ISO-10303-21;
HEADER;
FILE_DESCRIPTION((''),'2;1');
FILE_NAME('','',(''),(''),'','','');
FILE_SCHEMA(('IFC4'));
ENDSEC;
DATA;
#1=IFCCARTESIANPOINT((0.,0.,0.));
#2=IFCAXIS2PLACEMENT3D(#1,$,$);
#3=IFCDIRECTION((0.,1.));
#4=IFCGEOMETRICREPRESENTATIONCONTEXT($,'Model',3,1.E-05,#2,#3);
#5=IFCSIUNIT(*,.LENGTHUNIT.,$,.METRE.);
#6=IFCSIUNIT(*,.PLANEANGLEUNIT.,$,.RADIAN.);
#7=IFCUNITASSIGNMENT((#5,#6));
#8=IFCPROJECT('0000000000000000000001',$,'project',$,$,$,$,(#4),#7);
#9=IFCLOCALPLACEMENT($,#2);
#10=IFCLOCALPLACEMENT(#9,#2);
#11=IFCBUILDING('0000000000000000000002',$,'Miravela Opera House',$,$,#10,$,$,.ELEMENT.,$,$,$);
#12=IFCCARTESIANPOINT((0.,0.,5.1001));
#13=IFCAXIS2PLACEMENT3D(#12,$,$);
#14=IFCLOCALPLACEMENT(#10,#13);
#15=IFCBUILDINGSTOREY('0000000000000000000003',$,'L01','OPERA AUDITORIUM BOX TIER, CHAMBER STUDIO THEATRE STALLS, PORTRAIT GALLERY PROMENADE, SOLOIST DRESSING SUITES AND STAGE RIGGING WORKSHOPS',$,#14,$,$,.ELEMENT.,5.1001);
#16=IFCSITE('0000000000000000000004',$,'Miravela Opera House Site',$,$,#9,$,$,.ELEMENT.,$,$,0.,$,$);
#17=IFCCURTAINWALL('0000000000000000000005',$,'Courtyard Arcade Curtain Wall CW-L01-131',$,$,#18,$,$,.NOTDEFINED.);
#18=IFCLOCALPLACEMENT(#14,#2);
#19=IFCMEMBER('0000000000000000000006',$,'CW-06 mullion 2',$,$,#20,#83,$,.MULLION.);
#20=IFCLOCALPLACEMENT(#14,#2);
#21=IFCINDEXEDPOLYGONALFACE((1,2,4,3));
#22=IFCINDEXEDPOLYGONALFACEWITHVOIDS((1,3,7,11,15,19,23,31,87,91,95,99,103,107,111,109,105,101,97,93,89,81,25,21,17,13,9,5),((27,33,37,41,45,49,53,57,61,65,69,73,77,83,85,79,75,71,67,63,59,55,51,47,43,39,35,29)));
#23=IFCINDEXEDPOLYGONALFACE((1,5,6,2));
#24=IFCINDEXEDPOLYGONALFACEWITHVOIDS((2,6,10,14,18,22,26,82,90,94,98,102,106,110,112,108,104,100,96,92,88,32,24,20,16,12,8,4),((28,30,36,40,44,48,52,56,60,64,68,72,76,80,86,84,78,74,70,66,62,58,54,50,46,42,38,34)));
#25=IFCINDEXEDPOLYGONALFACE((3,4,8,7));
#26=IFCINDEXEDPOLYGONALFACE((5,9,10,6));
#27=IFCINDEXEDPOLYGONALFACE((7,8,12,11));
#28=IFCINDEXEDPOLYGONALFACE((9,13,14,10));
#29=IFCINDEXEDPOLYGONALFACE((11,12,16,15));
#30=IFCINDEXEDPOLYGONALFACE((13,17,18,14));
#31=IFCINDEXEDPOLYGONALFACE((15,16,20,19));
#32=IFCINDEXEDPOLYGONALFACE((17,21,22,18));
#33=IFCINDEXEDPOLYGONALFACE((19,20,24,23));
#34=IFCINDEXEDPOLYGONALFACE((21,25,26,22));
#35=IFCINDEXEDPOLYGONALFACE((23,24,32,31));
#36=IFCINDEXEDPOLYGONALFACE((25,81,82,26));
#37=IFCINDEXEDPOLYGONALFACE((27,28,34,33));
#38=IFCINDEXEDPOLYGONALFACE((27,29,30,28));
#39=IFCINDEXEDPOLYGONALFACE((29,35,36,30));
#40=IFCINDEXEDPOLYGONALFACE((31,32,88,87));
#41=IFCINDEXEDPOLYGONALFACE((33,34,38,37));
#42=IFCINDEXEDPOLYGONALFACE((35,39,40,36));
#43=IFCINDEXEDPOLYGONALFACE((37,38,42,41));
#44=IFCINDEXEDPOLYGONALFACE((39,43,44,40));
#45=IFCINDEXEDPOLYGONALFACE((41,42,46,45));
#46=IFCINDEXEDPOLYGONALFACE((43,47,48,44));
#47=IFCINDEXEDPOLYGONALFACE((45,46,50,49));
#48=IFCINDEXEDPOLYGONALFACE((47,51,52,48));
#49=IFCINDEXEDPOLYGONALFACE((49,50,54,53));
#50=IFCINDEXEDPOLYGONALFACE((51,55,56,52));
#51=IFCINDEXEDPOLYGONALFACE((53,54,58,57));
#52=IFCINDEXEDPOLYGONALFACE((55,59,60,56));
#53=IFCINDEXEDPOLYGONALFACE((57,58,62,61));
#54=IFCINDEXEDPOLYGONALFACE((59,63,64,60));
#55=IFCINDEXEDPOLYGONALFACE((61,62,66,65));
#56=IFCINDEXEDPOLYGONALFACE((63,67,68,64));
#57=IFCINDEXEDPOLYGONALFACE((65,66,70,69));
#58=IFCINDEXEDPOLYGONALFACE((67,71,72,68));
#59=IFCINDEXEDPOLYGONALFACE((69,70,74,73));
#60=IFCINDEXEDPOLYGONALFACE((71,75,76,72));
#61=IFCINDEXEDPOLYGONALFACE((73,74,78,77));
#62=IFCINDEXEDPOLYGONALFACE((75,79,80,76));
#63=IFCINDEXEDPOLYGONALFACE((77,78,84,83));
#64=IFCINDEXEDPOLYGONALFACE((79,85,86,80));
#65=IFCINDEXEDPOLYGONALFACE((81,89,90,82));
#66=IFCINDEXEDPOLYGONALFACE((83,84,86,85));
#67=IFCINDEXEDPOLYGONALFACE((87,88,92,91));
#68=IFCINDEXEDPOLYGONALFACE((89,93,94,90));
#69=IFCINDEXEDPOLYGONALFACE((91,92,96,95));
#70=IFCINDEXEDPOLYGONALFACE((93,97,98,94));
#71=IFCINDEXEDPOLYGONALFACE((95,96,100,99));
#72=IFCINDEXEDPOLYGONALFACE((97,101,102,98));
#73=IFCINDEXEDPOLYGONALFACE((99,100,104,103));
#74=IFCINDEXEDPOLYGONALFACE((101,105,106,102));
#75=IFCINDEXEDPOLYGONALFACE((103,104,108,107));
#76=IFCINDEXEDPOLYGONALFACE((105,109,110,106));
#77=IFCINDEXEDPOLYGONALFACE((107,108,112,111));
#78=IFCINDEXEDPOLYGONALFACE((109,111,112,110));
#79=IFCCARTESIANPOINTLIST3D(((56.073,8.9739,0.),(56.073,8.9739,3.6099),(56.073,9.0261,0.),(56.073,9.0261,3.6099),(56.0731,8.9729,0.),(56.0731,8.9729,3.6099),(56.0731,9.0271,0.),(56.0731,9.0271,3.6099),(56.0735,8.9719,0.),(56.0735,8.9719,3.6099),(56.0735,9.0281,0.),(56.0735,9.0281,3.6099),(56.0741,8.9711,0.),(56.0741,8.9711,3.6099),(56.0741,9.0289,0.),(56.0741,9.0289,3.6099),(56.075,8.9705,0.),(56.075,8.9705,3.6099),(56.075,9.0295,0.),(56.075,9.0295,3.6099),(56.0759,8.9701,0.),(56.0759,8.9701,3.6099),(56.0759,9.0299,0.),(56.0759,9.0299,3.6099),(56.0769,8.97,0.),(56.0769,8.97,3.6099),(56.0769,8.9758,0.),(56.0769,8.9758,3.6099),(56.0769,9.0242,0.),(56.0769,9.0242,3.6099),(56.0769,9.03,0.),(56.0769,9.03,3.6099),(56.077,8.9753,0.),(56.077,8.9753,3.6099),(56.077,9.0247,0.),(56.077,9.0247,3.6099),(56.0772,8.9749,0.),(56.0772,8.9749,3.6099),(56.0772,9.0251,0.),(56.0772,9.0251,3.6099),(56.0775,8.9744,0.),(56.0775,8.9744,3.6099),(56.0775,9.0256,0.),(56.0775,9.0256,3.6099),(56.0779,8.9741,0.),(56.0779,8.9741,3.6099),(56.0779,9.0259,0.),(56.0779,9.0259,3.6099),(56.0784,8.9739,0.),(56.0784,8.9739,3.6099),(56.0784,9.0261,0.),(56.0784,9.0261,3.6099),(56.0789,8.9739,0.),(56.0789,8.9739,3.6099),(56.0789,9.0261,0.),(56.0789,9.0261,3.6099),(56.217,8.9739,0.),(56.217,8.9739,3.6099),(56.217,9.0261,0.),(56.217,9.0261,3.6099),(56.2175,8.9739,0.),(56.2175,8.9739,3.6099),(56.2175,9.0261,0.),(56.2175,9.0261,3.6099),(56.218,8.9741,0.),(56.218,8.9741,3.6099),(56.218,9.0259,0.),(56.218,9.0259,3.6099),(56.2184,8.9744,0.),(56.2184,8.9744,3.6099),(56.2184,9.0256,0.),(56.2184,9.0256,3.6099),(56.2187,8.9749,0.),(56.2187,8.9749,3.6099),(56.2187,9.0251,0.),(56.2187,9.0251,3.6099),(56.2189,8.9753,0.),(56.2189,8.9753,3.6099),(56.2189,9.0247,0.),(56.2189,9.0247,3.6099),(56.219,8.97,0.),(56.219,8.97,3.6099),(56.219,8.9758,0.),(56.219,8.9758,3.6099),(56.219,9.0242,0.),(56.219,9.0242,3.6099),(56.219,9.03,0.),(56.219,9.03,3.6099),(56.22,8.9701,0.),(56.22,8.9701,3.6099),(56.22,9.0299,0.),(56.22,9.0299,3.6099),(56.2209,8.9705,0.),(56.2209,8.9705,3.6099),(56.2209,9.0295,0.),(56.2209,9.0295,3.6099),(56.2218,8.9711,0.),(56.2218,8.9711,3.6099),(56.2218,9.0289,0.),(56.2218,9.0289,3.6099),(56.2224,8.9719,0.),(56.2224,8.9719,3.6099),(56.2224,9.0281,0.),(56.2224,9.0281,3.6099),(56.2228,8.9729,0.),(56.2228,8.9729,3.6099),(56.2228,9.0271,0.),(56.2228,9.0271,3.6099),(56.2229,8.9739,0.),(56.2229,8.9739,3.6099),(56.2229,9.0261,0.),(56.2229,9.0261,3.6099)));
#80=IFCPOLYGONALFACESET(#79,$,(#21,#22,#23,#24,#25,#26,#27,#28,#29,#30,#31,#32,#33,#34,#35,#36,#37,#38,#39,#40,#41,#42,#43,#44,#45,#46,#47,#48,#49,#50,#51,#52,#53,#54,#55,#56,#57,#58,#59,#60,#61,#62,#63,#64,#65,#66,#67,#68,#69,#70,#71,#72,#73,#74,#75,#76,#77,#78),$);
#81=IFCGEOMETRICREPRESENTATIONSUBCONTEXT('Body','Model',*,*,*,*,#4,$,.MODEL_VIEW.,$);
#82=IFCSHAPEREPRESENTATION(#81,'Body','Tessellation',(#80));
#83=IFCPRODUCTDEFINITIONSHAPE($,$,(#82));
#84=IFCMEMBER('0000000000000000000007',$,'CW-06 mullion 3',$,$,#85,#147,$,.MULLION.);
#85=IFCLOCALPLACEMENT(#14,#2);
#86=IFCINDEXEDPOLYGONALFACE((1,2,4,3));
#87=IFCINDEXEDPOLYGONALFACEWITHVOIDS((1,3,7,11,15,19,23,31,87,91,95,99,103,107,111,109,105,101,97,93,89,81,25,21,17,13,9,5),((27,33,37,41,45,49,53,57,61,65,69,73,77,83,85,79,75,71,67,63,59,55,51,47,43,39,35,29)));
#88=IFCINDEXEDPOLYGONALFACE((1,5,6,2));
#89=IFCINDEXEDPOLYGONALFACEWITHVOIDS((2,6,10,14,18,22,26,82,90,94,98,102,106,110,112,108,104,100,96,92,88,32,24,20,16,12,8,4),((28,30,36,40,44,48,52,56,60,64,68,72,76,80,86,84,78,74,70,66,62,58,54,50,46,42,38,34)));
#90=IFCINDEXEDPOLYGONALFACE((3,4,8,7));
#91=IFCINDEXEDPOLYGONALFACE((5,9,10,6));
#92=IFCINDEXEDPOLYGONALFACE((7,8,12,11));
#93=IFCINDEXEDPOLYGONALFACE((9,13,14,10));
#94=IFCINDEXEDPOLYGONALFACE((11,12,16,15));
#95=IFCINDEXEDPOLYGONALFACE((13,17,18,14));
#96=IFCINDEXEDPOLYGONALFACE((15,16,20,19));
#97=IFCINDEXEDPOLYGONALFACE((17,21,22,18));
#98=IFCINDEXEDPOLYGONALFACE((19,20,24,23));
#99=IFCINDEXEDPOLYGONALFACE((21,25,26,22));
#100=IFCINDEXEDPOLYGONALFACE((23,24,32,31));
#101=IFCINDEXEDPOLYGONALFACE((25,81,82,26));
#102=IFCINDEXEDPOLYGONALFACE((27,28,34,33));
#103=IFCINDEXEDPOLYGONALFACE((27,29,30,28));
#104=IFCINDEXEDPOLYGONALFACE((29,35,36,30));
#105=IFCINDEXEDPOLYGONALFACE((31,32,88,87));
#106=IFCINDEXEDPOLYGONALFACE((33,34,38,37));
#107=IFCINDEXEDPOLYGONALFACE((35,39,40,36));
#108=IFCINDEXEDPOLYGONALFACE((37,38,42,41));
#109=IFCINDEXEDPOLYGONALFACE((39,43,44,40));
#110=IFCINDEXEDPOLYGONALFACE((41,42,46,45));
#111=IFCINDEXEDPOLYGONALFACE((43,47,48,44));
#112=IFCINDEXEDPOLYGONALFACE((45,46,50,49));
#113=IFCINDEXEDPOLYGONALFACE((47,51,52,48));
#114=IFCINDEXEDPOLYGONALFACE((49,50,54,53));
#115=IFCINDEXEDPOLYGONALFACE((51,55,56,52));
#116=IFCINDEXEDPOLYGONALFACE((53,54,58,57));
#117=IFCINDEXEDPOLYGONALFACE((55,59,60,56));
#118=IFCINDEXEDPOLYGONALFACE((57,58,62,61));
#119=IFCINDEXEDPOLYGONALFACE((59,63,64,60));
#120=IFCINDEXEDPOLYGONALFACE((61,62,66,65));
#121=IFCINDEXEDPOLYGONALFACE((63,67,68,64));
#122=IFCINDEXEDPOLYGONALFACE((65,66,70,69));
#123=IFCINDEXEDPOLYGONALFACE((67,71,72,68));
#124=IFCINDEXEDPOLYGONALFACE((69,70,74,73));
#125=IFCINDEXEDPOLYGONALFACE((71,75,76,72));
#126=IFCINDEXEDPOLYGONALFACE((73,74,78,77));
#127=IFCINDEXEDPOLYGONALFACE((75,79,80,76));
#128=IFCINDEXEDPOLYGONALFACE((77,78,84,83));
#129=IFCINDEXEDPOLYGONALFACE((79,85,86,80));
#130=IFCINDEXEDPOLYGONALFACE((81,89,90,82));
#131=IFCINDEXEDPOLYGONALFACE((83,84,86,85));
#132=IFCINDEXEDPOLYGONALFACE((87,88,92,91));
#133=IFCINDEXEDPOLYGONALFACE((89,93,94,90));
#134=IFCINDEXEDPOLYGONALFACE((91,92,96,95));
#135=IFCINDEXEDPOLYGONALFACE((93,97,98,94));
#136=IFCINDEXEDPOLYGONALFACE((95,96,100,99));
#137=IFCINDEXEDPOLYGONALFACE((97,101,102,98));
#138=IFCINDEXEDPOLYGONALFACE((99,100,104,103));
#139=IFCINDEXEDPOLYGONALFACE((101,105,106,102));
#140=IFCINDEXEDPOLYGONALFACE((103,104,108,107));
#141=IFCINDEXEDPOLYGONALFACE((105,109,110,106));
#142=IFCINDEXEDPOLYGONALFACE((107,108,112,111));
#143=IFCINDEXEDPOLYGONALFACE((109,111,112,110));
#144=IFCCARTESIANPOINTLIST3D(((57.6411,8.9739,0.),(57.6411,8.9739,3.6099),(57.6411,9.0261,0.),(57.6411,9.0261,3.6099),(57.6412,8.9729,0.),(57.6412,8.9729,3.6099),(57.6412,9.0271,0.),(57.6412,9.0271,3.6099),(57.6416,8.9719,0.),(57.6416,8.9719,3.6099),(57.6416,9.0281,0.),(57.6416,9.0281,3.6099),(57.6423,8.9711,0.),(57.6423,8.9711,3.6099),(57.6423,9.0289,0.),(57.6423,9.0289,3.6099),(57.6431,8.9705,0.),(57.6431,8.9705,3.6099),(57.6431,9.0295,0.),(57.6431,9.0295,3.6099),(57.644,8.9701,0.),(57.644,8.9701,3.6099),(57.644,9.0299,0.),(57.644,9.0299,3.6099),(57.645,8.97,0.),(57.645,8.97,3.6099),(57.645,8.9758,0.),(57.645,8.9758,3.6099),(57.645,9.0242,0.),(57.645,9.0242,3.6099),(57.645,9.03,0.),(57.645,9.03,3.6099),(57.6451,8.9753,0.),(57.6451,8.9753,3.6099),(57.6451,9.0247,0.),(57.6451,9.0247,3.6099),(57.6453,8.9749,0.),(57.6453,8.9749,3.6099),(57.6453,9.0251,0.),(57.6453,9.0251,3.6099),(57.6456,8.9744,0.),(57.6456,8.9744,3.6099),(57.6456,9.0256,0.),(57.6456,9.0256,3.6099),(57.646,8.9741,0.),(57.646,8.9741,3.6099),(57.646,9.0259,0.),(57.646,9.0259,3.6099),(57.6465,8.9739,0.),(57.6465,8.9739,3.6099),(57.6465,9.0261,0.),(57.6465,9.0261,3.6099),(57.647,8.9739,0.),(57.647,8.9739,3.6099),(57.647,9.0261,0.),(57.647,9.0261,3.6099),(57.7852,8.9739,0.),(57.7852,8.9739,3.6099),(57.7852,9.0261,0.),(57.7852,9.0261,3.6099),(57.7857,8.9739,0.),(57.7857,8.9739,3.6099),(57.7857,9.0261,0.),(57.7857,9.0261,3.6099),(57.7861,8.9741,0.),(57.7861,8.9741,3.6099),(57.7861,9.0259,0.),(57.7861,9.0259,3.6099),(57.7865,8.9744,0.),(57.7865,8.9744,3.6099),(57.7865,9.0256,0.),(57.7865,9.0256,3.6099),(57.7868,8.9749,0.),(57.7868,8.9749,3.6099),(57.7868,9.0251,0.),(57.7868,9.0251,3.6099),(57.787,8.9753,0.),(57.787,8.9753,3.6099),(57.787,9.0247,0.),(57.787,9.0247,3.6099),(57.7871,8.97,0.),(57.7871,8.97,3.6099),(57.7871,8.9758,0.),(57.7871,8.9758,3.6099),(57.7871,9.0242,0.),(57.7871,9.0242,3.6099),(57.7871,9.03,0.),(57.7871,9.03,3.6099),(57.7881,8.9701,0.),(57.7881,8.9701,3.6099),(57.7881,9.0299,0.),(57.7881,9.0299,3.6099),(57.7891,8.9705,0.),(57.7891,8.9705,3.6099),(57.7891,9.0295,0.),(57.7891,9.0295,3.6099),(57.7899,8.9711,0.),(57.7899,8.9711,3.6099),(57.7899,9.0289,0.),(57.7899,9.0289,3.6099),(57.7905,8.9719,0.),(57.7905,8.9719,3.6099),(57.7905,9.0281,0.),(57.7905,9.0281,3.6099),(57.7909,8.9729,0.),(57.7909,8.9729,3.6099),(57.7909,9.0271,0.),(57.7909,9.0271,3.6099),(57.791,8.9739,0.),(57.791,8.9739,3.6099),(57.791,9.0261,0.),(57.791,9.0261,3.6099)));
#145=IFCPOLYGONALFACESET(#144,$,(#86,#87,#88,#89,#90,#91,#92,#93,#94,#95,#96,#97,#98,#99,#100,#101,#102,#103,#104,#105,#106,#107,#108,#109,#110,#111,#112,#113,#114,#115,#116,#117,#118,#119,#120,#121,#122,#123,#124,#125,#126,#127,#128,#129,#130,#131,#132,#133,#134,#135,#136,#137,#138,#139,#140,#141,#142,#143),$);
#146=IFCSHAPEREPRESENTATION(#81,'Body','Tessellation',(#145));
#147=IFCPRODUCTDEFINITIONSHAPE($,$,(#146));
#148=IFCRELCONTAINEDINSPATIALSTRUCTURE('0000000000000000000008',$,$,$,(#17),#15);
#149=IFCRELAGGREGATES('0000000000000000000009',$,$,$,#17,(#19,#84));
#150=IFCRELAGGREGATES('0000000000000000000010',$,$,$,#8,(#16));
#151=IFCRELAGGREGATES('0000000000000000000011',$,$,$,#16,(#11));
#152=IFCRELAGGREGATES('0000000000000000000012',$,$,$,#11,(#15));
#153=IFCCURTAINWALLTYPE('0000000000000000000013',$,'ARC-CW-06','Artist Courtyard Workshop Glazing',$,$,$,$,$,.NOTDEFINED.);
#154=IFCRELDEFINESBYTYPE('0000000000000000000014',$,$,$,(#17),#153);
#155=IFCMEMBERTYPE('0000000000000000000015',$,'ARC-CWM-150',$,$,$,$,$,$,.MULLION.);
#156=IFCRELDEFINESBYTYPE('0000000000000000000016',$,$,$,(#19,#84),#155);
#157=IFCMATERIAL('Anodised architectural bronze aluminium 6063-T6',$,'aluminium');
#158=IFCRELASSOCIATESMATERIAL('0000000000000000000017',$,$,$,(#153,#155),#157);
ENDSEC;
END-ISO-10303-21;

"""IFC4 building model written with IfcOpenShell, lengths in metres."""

from ifc_helpers import new_model, si_unit, direction, frame, origin, origin_2d, place, context, subcontext, project, spatial, hollow_rectangle, extrude, material, material_profile, profile_set, type_object, element, aggregate, save


model = new_model("IFC4")

# Units and contexts
model_context = context("Model", 3, precision=1e-05, world=origin(), true_north=direction((0.0, 1.0)))
body_context = subcontext(model_context, "Body", "Model", "MODEL_VIEW")
ifc_project = project(units=[si_unit("LENGTHUNIT", "METRE"), si_unit("PLANEANGLEUNIT", "RADIAN")], contexts=[model_context])

# Site, building, storey
site_placement = place(None, origin())
site = spatial("IfcSite", under=ifc_project, at=site_placement, Name="Miravela Opera House Site", CompositionType="ELEMENT", RefElevation=0.0)
building_placement = place(site_placement, origin())
building = spatial("IfcBuilding", under=site, at=building_placement, Name="Miravela Opera House", CompositionType="ELEMENT")
storey_placement = place(building_placement, frame((0.0, 0.0, 5.1001)))
storey = spatial("IfcBuildingStorey", under=building, at=storey_placement, Name="L01", Description="OPERA AUDITORIUM BOX TIER, CHAMBER STUDIO THEATRE STALLS, PORTRAIT GALLERY PROMENADE, SOLOIST DRESSING SUITES AND STAGE RIGGING WORKSHOPS", CompositionType="ELEMENT", Elevation=5.1001)

# Shared definitions
ifc_material_1 = material(Name="Anodised architectural bronze aluminium 6063-T6", Category="aluminium")
curtain_wall_type = type_object("IfcCurtainWallType", Name="ARC-CW-06", Description="Artist Courtyard Workshop Glazing", PredefinedType="NOTDEFINED", material=ifc_material_1)
ifc_material_profile_1 = material_profile(ifc_material_1, hollow_rectangle(XDim=0.0601, YDim=0.1499, WallThickness=0.0039, InnerFilletRadius=0.002, OuterFilletRadius=0.0039, at=origin_2d()), Name="CWM-60X150")
ifc_profile_set_1 = profile_set([ifc_material_profile_1])
member_type_1 = type_object("IfcMemberType", Name="ARC-CWM-150", PredefinedType="MULLION", material=ifc_profile_set_1)

# Curtain wall, members
curtain_wall_1_placement = place(storey_placement, origin())
curtain_wall_1 = element("IfcCurtainWall", 1, at=curtain_wall_1_placement, inside=storey, type_object=curtain_wall_type, Name="Courtyard Arcade Curtain Wall CW-L01-131", PredefinedType="NOTDEFINED")
member_1_placement = place(storey_placement, frame((56.1479, 9.0, 0.0), z_axis=(0.0, 0.0, 1.0), x_axis=(0.0, 1.0, 0.0)))
member_1 = element("IfcMember", 2, at=member_1_placement, type_object=member_type_1, Name="CW-06 mullion 2", PredefinedType="MULLION", context=body_context, shape_type="SweptSolid", body=[
    extrude(hollow_rectangle(XDim=0.0601, YDim=0.1499, WallThickness=0.0039, InnerFilletRadius=0.002, OuterFilletRadius=0.0039, at=origin_2d()), origin(), (0.0, 0.0, 1.0), 3.6099),
])
member_2_placement = place(storey_placement, frame((57.7161, 9.0, 0.0), z_axis=(0.0, 0.0, 1.0), x_axis=(0.0, 1.0, 0.0)))
member_2 = element("IfcMember", 3, at=member_2_placement, type_object=member_type_1, Name="CW-06 mullion 3", PredefinedType="MULLION", context=body_context, shape_type="SweptSolid", body=[
    extrude(hollow_rectangle(XDim=0.0601, YDim=0.1499, WallThickness=0.0039, InnerFilletRadius=0.002, OuterFilletRadius=0.0039, at=origin_2d()), origin(), (0.0, 0.0, 1.0), 3.6099),
])

aggregate(curtain_wall_1, [member_1, member_2])

save(model, "model.ifc")
